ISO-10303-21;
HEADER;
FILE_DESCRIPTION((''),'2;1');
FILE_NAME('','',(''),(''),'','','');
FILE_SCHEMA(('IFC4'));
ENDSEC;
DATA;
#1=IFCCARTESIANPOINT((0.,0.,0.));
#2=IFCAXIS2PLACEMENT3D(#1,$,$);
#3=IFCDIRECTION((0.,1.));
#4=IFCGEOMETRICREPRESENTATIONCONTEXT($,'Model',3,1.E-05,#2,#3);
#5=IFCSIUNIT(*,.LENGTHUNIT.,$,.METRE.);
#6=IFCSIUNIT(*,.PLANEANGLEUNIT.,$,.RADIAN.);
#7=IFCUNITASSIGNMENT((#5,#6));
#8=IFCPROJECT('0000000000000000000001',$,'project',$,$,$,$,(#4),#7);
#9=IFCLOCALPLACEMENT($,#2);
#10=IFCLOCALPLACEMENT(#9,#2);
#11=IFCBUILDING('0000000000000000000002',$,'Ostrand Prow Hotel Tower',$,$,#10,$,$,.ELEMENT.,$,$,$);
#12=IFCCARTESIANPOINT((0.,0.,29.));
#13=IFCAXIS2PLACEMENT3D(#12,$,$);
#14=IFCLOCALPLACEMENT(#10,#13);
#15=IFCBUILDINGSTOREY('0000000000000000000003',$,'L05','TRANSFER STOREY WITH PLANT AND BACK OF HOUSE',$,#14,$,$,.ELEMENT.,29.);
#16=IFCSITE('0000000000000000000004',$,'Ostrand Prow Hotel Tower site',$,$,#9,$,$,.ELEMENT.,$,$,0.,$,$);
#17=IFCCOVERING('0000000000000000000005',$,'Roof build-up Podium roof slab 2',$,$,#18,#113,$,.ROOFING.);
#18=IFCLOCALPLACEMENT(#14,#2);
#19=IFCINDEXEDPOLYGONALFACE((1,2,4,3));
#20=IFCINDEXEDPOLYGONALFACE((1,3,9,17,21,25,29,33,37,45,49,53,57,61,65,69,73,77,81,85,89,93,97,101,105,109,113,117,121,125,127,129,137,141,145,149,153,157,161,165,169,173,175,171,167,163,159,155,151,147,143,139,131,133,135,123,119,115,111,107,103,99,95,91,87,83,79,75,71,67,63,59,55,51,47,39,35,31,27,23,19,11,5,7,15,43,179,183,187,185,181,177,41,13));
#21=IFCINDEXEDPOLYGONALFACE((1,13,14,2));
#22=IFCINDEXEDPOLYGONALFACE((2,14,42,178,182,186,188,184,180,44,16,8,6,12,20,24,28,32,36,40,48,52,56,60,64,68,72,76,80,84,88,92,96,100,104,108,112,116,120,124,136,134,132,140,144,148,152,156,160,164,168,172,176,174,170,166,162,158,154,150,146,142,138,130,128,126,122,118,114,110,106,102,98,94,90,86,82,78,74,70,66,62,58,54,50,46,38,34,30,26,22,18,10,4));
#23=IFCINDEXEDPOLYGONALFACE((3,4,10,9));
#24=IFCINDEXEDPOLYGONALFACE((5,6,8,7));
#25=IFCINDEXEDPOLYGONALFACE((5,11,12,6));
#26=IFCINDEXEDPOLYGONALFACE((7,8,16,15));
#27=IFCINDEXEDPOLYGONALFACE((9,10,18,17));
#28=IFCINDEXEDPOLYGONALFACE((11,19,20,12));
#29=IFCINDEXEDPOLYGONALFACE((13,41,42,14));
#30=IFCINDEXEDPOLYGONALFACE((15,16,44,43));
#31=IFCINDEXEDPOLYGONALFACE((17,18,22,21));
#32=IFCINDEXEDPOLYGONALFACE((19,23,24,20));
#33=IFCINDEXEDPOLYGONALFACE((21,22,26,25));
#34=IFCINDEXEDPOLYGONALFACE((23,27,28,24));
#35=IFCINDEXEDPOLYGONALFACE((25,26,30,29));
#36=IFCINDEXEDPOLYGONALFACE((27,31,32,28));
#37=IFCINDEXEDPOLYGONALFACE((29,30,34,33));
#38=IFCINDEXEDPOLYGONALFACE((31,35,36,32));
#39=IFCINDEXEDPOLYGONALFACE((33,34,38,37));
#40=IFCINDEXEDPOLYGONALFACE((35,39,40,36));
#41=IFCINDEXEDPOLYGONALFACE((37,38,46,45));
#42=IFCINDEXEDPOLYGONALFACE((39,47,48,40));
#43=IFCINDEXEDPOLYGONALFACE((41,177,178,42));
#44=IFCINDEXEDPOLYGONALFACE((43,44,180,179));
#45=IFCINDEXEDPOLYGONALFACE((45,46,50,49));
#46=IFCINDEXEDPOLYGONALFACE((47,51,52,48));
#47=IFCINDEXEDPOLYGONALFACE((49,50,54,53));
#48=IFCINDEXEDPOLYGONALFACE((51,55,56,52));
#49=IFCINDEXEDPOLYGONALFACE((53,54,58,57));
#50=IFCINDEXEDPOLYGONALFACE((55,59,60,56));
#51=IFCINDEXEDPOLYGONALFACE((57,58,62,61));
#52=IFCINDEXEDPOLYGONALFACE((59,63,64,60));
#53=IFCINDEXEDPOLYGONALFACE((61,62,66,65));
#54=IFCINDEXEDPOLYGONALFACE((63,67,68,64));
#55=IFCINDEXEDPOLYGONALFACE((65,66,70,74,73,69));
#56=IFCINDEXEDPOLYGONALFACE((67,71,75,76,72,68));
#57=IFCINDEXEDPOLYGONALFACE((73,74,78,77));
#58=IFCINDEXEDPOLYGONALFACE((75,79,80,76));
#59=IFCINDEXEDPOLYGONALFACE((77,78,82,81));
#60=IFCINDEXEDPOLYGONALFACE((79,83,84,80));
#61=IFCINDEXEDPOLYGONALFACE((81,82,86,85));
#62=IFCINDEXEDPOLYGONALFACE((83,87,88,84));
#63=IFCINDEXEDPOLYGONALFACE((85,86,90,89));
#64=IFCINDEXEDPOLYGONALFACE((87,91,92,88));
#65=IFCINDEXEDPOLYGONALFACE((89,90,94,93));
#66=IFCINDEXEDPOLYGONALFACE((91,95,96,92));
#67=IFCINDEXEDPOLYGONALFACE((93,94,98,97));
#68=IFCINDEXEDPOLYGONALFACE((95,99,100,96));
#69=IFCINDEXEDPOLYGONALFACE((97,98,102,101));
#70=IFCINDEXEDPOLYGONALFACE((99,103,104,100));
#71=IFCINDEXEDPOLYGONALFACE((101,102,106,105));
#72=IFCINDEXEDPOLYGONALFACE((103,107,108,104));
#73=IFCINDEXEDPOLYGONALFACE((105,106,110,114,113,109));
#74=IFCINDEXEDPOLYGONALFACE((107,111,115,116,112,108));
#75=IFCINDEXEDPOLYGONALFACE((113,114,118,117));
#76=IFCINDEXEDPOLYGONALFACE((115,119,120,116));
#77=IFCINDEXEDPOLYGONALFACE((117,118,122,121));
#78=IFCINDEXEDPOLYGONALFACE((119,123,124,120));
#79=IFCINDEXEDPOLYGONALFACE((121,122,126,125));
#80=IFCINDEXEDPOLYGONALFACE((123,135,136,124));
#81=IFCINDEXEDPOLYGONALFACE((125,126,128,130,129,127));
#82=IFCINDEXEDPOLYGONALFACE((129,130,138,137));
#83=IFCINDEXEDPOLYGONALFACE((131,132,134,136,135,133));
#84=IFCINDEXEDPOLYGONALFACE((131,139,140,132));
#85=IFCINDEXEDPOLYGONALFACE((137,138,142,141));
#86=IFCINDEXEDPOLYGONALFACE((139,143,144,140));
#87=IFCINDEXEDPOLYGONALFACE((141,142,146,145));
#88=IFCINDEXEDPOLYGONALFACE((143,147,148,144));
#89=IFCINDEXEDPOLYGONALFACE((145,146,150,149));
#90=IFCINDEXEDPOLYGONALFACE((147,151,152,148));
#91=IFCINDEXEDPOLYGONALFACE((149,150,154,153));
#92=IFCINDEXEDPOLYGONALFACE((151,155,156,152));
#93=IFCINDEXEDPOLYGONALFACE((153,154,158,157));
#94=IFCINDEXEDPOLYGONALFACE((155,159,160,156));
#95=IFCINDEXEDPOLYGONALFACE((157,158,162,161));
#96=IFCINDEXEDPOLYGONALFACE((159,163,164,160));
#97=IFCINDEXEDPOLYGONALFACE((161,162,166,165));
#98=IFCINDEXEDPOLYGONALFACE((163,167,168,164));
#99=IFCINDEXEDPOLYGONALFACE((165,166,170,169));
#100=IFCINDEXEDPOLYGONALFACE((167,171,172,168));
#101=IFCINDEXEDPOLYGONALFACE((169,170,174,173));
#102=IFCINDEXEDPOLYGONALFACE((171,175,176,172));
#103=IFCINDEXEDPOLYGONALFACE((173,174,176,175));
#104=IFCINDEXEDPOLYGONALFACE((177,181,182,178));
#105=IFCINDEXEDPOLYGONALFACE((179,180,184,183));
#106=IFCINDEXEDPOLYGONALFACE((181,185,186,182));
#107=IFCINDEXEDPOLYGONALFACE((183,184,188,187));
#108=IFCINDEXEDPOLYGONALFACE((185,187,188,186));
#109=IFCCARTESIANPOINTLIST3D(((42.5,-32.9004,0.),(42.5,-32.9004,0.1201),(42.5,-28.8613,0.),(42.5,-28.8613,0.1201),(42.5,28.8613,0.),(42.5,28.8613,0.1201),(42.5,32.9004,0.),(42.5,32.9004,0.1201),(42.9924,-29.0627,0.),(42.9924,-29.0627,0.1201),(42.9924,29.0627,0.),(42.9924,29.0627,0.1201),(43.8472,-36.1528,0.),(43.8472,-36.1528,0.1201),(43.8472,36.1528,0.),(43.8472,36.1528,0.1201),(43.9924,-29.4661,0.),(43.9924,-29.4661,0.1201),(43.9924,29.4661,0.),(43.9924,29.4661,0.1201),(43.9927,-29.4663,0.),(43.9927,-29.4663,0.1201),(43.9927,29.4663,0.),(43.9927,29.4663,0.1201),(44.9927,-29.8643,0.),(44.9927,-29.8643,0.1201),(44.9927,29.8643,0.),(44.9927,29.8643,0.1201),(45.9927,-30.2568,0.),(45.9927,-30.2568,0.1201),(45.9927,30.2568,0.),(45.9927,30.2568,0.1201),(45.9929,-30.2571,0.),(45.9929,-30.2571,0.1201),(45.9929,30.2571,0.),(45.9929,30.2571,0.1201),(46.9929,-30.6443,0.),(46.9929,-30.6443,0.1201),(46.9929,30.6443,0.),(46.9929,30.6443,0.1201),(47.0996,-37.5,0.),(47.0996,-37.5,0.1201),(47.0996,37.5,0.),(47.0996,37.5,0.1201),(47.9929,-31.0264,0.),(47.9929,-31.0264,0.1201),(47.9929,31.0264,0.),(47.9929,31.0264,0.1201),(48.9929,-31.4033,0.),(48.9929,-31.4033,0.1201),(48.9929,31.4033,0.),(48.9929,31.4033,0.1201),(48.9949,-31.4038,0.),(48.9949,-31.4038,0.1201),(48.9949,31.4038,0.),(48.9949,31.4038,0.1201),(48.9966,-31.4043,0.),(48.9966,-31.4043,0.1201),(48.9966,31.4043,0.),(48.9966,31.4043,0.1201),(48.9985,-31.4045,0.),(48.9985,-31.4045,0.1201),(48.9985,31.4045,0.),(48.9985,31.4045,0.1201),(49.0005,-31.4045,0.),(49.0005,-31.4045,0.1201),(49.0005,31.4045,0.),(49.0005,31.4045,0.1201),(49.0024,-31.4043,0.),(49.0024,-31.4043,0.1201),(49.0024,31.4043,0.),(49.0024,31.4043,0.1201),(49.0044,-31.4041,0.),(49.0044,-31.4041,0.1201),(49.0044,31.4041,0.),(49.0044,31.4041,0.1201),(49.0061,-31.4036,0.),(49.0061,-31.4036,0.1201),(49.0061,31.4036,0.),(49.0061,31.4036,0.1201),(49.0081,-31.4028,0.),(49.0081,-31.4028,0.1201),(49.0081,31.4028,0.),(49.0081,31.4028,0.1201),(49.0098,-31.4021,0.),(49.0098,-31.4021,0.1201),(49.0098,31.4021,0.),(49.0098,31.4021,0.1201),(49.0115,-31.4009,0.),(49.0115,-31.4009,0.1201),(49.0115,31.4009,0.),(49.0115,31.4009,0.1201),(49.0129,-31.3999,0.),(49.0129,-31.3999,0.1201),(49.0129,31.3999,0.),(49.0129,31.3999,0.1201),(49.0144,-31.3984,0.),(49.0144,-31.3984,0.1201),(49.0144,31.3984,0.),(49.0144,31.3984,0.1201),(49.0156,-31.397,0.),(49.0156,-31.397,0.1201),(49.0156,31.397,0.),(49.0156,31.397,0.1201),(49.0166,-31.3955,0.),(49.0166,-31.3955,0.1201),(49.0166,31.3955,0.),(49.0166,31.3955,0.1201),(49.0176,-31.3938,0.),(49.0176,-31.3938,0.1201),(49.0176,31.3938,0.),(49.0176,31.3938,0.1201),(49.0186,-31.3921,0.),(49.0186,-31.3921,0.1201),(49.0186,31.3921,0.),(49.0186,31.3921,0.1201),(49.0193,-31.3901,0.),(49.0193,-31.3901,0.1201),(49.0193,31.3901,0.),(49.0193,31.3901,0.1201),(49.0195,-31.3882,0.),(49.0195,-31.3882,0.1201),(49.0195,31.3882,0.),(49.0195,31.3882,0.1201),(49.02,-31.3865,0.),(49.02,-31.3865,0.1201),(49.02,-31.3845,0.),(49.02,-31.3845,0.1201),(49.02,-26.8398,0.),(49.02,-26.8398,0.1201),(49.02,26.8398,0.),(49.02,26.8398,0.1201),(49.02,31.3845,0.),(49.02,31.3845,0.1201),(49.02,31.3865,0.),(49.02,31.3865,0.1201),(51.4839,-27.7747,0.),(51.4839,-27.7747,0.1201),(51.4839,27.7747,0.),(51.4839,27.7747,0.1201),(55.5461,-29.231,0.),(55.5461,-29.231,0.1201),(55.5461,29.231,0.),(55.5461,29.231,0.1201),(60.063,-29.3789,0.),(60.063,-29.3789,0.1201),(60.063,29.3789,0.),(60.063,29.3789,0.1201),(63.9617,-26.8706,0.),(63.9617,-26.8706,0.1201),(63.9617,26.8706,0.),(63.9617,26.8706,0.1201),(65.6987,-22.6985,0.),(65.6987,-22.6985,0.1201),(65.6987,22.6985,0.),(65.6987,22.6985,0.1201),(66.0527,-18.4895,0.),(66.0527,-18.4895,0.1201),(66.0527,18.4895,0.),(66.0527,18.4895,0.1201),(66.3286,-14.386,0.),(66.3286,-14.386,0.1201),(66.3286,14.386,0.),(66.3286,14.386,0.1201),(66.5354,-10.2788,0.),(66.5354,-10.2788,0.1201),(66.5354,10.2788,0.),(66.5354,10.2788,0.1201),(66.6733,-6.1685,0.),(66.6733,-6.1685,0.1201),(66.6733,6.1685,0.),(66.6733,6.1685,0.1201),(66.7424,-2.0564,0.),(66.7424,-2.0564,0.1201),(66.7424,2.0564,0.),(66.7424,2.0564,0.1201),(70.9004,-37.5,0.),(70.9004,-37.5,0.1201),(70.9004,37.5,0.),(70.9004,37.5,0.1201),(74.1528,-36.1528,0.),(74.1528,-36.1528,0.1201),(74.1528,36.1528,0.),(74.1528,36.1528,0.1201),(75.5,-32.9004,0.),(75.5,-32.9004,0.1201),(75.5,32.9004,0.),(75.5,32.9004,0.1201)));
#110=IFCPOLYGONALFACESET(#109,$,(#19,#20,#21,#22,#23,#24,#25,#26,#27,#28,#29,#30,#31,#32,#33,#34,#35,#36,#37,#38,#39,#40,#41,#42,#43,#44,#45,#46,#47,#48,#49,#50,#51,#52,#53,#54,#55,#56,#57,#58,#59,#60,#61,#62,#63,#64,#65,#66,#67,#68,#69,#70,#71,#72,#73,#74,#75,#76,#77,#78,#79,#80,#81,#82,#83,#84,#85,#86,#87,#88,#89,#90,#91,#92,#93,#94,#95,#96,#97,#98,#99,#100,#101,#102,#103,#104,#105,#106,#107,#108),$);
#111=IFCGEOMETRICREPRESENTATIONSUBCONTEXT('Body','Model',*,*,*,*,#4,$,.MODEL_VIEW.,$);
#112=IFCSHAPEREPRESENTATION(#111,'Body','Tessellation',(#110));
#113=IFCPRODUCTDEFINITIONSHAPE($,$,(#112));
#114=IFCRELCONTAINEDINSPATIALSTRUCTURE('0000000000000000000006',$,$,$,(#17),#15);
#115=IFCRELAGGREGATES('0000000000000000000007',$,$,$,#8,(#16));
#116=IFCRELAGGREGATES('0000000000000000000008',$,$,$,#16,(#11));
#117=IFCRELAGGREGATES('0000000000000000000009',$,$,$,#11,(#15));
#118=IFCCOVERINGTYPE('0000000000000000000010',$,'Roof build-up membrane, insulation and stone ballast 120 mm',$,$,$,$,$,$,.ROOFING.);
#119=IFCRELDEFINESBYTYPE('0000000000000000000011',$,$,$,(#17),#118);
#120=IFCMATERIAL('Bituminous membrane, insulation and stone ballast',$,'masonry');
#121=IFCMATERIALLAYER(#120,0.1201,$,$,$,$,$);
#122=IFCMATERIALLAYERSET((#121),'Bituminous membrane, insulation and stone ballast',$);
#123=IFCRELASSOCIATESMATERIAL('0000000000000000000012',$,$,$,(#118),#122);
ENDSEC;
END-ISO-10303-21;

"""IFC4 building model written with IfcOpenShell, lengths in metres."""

from ifc_helpers import new_model, si_unit, direction, frame, origin, place, context, subcontext, project, spatial, polyline, outline, extrude, material, layer, layer_set, type_object, element, save


model = new_model("IFC4")

# Units and contexts
model_context = context("Model", 3, precision=1e-05, world=origin(), true_north=direction((0.0, 1.0)))
body_context = subcontext(model_context, "Body", "Model", "MODEL_VIEW")
ifc_project = project(units=[si_unit("LENGTHUNIT", "METRE"), si_unit("PLANEANGLEUNIT", "RADIAN")], contexts=[model_context])

# Site, building, storey
site_placement = place(None, origin())
site = spatial("IfcSite", under=ifc_project, at=site_placement, Name="Ostrand Prow Hotel Tower site", CompositionType="ELEMENT", RefElevation=0.0)
building_placement = place(site_placement, origin())
building = spatial("IfcBuilding", under=site, at=building_placement, Name="Ostrand Prow Hotel Tower", CompositionType="ELEMENT")
storey_placement = place(building_placement, frame((0.0, 0.0, 29.0)))
storey = spatial("IfcBuildingStorey", under=building, at=storey_placement, Name="L05", Description="TRANSFER STOREY WITH PLANT AND BACK OF HOUSE", CompositionType="ELEMENT", Elevation=29.0)

# Covering
ifc_material_1 = material(Name="Bituminous membrane, insulation and stone ballast", Category="masonry")
ifc_layer_1 = layer(ifc_material_1, 0.1201)
ifc_layer_set_1 = layer_set([ifc_layer_1], Name="Bituminous membrane, insulation and stone ballast")
covering_type_1 = type_object("IfcCoveringType", Name="Roof build-up membrane, insulation and stone ballast 120 mm", PredefinedType="ROOFING", material=ifc_layer_set_1)
covering_1_placement = place(storey_placement, origin())
element("IfcCovering", 1, at=covering_1_placement, inside=storey, type_object=covering_type_1, Name="Roof build-up Podium roof slab 2", PredefinedType="ROOFING", context=body_context, shape_type="SweptSolid", body=[
    extrude(outline(polyline([(74.1528, 36.1528), (70.9004, 37.5), (47.0996, 37.5), (43.8472, 36.1528), (42.5, 32.9004), (42.5, 28.8613), (42.9924, 29.0627), (42.9924, 29.0627), (43.9924, 29.4661), (43.9927, 29.4663), (44.9927, 29.8643), (44.9927, 29.8643), (45.9927, 30.2568), (45.9929, 30.2571), (46.9929, 30.6443), (46.9929, 30.6443), (47.9929, 31.0264), (47.9929, 31.0264), (48.9929, 31.4033), (48.9949, 31.4038), (48.9966, 31.4043), (48.9985, 31.4045), (49.0005, 31.4045), (49.0024, 31.4043), (49.0044, 31.4041), (49.0061, 31.4036), (49.0081, 31.4028), (49.0098, 31.4021), (49.0115, 31.4009), (49.0129, 31.3999), (49.0144, 31.3984), (49.0156, 31.397), (49.0166, 31.3955), (49.0176, 31.3938), (49.0186, 31.3921), (49.0193, 31.3901), (49.0195, 31.3882), (49.02, 31.3865), (49.02, 31.3845), (49.02, 26.8398), (51.4839, 27.7747), (55.5461, 29.231), (60.063, 29.3789), (63.9617, 26.8706), (65.6987, 22.6985), (66.0527, 18.4895), (66.3286, 14.386), (66.5354, 10.2788), (66.6733, 6.1685), (66.7424, 2.0564), (66.7424, -2.0564), (66.6733, -6.1685), (66.5354, -10.2788), (66.3286, -14.386), (66.0527, -18.4895), (65.6987, -22.6985), (63.9617, -26.8706), (60.063, -29.3789), (55.5461, -29.231), (51.4839, -27.7747), (49.02, -26.8398), (49.02, -31.3845), (49.02, -31.3865), (49.0195, -31.3882), (49.0193, -31.3901), (49.0186, -31.3921), (49.0176, -31.3938), (49.0166, -31.3955), (49.0156, -31.397), (49.0144, -31.3984), (49.0129, -31.3999), (49.0115, -31.4009), (49.0098, -31.4021), (49.0081, -31.4028), (49.0061, -31.4036), (49.0044, -31.4041), (49.0024, -31.4043), (49.0005, -31.4045), (48.9985, -31.4045), (48.9966, -31.4043), (48.9949, -31.4038), (48.9929, -31.4033), (47.9929, -31.0264), (47.9929, -31.0264), (46.9929, -30.6443), (46.9929, -30.6443), (45.9929, -30.2571), (45.9927, -30.2568), (44.9927, -29.8643), (44.9927, -29.8643), (43.9927, -29.4663), (43.9924, -29.4661), (42.9924, -29.0627), (42.9924, -29.0627), (42.5, -28.8613), (42.5, -32.9004), (43.8472, -36.1528), (47.0996, -37.5), (70.9004, -37.5), (74.1528, -36.1528), (75.5, -32.9004), (75.5, 32.9004), (74.1528, 36.1528)])), origin(), (0.0, 0.0, 1.0), 0.1201),
])

save(model, "model.ifc")
